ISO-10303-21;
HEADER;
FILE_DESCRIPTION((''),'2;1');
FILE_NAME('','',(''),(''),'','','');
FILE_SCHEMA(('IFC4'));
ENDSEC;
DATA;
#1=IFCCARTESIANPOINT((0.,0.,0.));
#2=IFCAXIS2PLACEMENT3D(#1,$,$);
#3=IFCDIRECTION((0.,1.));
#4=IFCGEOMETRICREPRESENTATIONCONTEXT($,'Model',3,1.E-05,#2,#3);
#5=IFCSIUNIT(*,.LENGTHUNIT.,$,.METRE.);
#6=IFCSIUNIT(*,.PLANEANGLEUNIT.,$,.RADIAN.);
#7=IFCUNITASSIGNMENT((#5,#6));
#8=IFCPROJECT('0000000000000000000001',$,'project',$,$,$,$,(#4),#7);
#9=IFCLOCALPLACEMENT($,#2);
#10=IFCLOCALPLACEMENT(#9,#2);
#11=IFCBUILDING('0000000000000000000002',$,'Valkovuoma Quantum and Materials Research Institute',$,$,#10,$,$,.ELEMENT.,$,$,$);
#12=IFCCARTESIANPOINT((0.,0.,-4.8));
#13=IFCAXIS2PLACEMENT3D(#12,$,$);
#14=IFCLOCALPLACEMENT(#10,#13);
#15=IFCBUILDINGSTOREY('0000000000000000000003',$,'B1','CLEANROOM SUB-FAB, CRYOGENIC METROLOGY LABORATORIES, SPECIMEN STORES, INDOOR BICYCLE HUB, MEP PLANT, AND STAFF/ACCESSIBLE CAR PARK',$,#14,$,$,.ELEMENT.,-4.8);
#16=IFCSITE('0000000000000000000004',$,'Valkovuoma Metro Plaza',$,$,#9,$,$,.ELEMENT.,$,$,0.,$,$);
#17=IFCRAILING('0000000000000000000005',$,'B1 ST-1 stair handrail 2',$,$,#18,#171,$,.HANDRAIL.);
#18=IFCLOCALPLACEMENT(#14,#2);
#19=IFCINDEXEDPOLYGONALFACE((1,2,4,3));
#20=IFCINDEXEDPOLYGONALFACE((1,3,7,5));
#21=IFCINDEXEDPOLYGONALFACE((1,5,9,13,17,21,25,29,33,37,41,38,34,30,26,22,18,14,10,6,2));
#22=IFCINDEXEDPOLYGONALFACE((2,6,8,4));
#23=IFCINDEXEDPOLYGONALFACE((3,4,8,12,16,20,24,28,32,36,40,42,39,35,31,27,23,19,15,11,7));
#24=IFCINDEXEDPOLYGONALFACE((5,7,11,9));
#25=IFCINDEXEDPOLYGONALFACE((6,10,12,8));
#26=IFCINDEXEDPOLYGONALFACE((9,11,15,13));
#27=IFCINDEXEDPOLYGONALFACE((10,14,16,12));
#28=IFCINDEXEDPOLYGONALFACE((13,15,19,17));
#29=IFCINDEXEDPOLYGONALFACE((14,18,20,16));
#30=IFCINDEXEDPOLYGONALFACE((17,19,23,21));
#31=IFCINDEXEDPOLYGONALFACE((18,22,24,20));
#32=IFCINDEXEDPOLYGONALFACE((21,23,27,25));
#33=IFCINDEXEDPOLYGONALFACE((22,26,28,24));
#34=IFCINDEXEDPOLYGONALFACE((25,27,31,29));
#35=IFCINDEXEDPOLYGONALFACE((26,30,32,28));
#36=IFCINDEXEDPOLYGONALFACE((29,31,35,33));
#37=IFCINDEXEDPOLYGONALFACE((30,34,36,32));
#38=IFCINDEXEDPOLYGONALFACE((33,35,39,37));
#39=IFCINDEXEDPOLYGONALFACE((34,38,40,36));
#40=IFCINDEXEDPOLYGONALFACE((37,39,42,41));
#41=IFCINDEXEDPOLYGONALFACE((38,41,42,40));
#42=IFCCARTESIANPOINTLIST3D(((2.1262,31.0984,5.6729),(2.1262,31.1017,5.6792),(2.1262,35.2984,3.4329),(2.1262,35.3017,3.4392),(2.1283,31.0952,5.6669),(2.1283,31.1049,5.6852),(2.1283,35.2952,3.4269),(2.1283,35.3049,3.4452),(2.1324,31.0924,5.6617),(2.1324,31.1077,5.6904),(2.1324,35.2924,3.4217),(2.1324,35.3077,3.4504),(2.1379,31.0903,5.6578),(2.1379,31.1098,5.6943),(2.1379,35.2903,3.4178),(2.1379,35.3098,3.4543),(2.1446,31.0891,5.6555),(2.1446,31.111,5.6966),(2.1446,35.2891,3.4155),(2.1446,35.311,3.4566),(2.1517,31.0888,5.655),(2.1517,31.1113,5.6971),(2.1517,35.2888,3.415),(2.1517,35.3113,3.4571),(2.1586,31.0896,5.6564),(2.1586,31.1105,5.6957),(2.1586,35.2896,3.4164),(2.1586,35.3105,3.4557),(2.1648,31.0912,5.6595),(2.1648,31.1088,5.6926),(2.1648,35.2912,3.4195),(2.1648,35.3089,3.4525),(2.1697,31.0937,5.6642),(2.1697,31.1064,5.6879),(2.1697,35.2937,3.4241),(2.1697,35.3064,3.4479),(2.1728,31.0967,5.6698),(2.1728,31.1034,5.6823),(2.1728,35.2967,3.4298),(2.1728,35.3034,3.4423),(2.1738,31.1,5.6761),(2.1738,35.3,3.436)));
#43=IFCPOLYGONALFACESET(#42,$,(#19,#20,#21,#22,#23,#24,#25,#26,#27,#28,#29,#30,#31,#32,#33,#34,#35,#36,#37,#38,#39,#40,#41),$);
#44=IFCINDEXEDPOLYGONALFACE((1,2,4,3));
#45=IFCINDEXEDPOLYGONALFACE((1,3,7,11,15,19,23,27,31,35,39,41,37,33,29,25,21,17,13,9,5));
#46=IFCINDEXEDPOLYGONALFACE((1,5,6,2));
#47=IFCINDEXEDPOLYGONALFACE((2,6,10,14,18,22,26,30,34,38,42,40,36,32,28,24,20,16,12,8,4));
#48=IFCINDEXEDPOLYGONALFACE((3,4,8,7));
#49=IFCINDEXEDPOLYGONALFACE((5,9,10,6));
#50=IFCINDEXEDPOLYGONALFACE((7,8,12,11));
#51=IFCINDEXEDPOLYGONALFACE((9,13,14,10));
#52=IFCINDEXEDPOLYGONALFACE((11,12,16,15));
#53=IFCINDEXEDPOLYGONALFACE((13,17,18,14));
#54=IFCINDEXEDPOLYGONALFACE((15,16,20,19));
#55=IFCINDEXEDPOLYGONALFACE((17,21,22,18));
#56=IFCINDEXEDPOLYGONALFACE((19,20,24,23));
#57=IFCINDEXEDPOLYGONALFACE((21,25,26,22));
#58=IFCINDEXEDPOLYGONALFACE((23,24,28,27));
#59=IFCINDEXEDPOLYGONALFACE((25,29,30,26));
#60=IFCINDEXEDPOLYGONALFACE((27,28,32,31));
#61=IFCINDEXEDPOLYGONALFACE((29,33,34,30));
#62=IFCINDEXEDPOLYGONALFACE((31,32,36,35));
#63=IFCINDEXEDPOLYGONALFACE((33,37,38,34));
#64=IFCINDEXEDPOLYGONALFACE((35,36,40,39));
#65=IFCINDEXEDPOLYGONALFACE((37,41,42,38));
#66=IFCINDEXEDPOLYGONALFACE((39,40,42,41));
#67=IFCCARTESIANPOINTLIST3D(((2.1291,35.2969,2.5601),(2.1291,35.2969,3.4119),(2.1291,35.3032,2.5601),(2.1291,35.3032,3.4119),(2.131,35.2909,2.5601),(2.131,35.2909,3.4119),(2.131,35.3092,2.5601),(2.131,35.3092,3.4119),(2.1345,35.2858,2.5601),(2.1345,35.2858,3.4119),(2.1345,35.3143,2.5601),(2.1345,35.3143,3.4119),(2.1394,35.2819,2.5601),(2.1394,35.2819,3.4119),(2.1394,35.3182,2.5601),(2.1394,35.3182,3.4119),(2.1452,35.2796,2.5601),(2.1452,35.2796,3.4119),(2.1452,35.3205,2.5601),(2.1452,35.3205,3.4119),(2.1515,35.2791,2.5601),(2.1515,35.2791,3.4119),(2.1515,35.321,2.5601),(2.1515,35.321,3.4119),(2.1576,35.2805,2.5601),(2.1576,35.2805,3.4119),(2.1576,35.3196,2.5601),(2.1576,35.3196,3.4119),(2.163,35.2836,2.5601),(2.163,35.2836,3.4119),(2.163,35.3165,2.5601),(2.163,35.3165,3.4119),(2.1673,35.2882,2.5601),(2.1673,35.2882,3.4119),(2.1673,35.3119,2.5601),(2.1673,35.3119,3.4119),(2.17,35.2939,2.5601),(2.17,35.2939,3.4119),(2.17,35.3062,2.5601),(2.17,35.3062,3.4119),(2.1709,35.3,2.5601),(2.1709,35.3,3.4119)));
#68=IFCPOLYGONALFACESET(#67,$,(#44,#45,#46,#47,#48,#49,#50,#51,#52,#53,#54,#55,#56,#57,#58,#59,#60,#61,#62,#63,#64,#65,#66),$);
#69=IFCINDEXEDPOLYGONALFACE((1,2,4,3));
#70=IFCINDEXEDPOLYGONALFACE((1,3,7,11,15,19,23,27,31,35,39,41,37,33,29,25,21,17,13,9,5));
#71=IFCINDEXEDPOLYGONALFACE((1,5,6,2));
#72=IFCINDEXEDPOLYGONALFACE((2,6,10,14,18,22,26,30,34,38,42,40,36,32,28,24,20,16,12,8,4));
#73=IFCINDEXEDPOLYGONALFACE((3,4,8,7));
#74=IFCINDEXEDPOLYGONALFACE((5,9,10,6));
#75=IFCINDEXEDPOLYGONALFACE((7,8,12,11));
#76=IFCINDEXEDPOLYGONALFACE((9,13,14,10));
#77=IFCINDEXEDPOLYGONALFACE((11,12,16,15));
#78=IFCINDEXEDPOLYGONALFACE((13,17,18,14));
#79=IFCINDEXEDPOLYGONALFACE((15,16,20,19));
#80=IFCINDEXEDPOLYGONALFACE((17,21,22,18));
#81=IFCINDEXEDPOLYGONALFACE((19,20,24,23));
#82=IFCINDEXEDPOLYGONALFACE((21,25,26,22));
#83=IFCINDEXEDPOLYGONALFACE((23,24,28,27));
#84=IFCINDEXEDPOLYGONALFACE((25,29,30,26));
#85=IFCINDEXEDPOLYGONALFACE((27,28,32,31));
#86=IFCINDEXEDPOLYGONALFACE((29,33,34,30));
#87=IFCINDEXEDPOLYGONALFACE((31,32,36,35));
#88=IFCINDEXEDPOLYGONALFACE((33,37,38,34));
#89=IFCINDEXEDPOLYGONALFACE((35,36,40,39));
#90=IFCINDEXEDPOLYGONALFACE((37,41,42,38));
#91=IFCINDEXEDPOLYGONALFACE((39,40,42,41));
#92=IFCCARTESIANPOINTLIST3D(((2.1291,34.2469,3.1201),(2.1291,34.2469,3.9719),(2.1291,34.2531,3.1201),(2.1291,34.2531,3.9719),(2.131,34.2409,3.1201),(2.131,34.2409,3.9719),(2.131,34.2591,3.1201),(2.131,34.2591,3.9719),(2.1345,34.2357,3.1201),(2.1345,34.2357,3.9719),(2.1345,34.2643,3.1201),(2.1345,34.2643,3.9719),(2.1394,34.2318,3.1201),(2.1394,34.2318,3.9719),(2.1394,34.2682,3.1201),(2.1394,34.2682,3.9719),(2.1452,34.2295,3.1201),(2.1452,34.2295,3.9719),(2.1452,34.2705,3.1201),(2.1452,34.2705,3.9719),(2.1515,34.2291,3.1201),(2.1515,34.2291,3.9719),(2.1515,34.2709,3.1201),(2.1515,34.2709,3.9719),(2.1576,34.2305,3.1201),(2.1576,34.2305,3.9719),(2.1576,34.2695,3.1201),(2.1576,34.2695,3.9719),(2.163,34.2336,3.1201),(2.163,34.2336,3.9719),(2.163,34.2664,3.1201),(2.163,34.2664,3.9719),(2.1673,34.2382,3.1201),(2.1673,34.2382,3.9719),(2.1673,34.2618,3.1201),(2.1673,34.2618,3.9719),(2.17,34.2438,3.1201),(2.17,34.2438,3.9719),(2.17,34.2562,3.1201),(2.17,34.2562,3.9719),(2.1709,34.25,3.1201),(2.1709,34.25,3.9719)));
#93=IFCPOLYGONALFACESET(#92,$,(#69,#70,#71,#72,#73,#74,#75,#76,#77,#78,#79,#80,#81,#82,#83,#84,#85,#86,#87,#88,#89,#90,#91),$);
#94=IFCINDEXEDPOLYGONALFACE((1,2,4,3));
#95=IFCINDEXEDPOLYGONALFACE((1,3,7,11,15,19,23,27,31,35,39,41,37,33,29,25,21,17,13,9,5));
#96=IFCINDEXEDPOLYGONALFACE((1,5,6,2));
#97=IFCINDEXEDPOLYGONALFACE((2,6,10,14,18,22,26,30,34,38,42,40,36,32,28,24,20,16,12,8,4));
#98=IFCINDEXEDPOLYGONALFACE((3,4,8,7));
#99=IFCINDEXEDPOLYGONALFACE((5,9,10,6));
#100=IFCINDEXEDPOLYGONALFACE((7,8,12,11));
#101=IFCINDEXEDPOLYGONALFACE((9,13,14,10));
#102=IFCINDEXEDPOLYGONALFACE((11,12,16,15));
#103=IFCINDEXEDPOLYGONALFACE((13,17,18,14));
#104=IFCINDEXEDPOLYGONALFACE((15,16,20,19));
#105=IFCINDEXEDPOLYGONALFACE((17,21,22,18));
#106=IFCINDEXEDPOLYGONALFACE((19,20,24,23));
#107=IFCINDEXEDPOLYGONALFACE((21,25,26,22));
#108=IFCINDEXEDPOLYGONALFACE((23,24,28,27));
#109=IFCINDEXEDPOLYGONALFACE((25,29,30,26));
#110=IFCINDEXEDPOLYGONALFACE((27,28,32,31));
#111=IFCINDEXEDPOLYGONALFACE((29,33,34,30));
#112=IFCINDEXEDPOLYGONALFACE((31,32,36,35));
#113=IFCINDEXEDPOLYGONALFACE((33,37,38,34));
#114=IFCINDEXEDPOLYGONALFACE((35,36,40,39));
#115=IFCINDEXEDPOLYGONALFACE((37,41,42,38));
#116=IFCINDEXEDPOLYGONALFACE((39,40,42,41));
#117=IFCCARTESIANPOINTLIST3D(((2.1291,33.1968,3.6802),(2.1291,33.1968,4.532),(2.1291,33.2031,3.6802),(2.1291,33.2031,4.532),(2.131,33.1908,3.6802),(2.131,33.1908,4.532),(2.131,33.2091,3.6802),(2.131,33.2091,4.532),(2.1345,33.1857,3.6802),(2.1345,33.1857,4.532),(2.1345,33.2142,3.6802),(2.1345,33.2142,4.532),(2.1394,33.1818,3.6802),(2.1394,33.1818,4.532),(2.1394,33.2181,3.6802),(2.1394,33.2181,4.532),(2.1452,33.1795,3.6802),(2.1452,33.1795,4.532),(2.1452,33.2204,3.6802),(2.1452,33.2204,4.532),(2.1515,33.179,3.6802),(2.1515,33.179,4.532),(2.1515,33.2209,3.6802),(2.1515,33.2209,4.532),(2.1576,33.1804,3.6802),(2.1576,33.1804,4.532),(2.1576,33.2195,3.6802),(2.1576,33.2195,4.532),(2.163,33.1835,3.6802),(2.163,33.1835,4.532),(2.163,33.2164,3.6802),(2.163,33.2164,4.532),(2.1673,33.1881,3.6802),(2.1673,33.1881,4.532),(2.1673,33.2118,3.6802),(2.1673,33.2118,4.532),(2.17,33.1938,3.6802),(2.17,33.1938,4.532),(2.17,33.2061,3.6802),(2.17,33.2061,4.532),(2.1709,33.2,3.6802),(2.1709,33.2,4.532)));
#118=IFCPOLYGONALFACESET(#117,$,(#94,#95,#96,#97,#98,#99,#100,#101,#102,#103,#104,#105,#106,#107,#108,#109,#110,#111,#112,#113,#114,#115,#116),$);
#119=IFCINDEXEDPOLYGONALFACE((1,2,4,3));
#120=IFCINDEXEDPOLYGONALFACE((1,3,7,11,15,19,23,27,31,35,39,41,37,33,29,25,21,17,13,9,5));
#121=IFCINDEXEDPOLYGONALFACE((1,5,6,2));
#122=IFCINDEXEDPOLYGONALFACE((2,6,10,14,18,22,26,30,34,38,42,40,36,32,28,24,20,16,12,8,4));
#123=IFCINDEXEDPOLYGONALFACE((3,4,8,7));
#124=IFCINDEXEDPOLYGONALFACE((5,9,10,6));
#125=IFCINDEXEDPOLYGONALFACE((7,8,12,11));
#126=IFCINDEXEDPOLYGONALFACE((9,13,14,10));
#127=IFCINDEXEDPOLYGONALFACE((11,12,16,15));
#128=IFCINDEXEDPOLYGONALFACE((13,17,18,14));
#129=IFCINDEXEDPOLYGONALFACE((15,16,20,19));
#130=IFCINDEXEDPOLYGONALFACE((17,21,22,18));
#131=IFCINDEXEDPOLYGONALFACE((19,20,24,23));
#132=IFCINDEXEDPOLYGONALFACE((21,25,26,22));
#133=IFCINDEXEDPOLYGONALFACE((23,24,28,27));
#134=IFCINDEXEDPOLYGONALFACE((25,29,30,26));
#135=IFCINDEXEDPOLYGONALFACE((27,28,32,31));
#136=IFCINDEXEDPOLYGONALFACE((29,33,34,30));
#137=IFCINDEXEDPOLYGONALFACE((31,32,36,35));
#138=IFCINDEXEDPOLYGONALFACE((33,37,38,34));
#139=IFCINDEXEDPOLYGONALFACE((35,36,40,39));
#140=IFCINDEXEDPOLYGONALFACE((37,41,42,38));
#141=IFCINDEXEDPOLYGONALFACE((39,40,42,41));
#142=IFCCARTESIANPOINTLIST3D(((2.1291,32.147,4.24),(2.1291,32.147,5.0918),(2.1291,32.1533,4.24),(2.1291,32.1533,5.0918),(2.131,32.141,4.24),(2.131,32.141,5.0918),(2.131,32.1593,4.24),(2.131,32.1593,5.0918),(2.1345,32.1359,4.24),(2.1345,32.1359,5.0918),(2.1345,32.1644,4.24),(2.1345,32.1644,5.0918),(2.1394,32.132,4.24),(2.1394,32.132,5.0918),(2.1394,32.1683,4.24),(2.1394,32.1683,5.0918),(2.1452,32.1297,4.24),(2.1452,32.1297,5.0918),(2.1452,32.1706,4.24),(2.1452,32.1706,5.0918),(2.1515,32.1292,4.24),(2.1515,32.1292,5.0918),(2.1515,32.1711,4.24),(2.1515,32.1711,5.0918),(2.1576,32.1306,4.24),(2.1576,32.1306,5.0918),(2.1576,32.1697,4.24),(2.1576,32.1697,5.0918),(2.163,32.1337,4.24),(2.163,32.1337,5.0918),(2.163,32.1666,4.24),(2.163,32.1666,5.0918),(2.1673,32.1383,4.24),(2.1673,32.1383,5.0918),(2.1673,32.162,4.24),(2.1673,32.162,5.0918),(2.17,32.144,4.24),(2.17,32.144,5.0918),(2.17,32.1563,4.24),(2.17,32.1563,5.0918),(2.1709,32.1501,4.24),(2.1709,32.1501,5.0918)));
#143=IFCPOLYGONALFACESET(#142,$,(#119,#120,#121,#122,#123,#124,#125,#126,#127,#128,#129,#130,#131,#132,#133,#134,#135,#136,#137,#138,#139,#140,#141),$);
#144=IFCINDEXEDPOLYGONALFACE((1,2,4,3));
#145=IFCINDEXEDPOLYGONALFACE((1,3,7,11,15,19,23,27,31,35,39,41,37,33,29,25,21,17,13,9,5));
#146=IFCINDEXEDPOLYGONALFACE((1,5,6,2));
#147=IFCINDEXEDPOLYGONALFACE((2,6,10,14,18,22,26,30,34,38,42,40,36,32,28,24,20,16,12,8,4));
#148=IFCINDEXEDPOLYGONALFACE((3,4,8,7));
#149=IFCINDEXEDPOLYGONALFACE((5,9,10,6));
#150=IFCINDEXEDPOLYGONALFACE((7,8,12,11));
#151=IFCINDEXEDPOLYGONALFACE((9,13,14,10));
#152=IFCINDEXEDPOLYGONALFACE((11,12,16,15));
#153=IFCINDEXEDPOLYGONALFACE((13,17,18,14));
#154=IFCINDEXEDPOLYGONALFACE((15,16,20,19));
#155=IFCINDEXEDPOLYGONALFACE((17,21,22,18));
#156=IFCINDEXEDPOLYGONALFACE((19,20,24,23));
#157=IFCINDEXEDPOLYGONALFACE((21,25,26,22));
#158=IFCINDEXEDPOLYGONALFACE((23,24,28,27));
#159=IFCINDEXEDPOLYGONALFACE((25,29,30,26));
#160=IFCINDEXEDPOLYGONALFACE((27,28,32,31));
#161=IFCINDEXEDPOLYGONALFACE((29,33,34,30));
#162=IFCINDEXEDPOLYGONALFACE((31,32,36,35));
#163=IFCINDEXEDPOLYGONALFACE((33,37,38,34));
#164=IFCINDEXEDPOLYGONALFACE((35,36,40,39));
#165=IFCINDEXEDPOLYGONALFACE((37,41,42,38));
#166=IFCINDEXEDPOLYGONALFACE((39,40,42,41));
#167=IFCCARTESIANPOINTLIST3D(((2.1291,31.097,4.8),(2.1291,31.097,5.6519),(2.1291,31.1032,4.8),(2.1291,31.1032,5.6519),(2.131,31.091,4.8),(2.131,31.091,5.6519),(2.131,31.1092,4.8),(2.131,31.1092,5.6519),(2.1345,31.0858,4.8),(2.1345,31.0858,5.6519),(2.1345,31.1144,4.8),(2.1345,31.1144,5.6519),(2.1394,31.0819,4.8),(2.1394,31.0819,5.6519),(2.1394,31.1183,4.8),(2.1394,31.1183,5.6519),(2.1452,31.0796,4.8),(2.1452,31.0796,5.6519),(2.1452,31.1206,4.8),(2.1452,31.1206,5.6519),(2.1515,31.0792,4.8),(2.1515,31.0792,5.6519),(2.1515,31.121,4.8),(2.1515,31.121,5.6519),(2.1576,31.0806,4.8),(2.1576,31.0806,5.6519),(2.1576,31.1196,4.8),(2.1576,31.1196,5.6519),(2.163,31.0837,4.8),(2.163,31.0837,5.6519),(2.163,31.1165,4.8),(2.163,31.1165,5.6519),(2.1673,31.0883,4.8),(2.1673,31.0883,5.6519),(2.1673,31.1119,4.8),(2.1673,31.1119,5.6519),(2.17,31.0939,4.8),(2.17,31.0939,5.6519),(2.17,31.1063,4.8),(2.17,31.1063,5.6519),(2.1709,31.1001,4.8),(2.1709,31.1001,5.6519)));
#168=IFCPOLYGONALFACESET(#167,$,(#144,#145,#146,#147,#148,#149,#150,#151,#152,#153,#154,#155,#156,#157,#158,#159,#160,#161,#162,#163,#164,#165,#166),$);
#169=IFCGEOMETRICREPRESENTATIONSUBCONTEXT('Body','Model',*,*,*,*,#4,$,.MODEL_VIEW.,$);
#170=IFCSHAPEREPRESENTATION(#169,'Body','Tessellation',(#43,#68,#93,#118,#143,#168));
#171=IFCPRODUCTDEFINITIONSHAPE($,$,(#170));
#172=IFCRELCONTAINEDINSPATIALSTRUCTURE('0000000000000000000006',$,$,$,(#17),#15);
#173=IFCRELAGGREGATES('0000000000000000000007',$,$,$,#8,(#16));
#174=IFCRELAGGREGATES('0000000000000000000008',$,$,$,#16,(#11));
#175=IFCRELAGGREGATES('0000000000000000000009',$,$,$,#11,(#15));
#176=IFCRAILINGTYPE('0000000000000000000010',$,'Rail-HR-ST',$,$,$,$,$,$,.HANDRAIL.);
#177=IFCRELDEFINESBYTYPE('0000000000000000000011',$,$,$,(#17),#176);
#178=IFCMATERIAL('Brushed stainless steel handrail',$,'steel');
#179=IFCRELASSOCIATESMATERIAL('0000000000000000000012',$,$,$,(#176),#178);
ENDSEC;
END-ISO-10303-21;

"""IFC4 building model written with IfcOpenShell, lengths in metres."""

from ifc_helpers import new_model, si_unit, direction, frame, origin, origin_2d, place, context, subcontext, project, spatial, circle, extrude, material, type_object, element, save


model = new_model("IFC4")

# Units and contexts
model_context = context("Model", 3, precision=1e-05, world=origin(), true_north=direction((0.0, 1.0)))
body_context = subcontext(model_context, "Body", "Model", "MODEL_VIEW")
ifc_project = project(units=[si_unit("LENGTHUNIT", "METRE"), si_unit("PLANEANGLEUNIT", "RADIAN")], contexts=[model_context])

# Site, building, storey
site_placement = place(None, origin())
site = spatial("IfcSite", under=ifc_project, at=site_placement, Name="Valkovuoma Metro Plaza", CompositionType="ELEMENT", RefElevation=0.0)
building_placement = place(site_placement, origin())
building = spatial("IfcBuilding", under=site, at=building_placement, Name="Valkovuoma Quantum and Materials Research Institute", CompositionType="ELEMENT")
storey_placement = place(building_placement, frame((0.0, 0.0, -4.8)))
storey = spatial("IfcBuildingStorey", under=building, at=storey_placement, Name="B1", Description="CLEANROOM SUB-FAB, CRYOGENIC METROLOGY LABORATORIES, SPECIMEN STORES, INDOOR BICYCLE HUB, MEP PLANT, AND STAFF/ACCESSIBLE CAR PARK", CompositionType="ELEMENT", Elevation=-4.8)

# Railing
ifc_material_1 = material(Name="Brushed stainless steel handrail", Category="steel")
railing_type_1 = type_object("IfcRailingType", Name="Rail-HR-ST", PredefinedType="HANDRAIL", material=ifc_material_1)
railing_1_placement = place(storey_placement, frame((2.1499, 35.3, 2.5601)))
element("IfcRailing", 1, at=railing_1_placement, inside=storey, type_object=railing_type_1, Name="B1 ST-1 stair handrail 2", PredefinedType="HANDRAIL", context=body_context, shape_type="SweptSolid", body=[
    extrude(circle(Radius=0.0239, at=origin_2d()), frame((0.0, 0.0, 0.876), z_axis=(0.0, -0.882352, 0.470591), x_axis=(1.0, 0.0, 0.0)), (0.0, 0.0, 1.0), 4.76),
    extrude(circle(Radius=0.021, at=origin_2d()), origin(), (0.0, 0.0, 1.0), 0.8518),
    extrude(circle(Radius=0.021, at=origin_2d()), frame((0.0, -1.05, 0.5601)), (0.0, 0.0, 1.0), 0.8518),
    extrude(circle(Radius=0.021, at=origin_2d()), frame((0.0, -2.1001, 1.1201)), (0.0, 0.0, 1.0), 0.8518),
    extrude(circle(Radius=0.021, at=origin_2d()), frame((0.0, -3.1499, 1.6799)), (0.0, 0.0, 1.0), 0.8518),
    extrude(circle(Radius=0.021, at=origin_2d()), frame((0.0, -4.2, 2.24)), (0.0, 0.0, 1.0), 0.8518),
])

save(model, "model.ifc")
